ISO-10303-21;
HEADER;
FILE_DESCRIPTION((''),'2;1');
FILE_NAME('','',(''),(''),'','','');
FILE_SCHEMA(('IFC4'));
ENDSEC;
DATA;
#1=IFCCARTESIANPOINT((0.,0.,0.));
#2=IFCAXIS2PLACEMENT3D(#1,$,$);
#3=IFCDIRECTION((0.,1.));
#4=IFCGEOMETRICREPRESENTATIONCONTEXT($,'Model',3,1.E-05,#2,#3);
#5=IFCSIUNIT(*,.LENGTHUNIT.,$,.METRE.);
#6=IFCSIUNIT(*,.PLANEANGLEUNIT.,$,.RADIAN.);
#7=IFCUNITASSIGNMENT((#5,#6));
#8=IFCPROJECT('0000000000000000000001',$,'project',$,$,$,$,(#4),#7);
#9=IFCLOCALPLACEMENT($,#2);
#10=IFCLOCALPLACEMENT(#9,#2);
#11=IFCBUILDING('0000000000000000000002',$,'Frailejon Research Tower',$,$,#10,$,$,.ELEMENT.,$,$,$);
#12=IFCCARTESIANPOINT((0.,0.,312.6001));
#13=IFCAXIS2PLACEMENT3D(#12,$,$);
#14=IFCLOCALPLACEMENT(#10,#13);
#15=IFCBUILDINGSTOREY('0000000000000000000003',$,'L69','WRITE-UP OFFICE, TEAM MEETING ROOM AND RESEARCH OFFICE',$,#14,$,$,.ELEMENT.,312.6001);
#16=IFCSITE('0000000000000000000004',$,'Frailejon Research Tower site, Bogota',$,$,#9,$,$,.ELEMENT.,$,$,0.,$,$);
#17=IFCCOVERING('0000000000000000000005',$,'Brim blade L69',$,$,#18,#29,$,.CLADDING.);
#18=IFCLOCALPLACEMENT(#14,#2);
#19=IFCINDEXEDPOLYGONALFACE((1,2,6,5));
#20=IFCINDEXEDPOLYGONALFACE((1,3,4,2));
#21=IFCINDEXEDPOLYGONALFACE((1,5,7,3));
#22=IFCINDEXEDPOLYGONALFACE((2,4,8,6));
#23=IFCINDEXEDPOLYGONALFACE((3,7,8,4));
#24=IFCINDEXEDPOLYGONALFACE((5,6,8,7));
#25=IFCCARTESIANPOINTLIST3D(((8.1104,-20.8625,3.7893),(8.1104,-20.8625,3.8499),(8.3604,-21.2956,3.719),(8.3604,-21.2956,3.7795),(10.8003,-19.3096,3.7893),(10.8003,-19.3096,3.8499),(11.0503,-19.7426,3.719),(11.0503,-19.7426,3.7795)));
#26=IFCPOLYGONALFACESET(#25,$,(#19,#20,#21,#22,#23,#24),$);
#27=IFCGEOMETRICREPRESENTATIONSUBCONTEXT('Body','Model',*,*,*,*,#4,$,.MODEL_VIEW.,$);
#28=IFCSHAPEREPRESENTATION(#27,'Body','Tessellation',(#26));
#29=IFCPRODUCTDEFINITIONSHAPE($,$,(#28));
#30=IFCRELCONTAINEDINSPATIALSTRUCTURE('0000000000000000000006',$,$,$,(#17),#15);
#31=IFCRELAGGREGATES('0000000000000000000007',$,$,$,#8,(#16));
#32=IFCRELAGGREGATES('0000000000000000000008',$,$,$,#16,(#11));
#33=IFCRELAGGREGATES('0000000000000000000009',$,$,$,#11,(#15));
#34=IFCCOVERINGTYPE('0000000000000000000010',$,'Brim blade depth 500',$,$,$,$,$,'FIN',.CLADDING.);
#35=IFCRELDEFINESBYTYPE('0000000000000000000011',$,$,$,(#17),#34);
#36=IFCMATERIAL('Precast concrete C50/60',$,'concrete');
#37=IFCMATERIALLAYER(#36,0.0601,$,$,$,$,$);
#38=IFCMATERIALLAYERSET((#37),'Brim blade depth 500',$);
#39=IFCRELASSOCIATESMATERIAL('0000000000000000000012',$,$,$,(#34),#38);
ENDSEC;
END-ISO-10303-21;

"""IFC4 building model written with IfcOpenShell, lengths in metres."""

from ifc_helpers import new_model, si_unit, direction, frame, origin, place, context, subcontext, project, spatial, polyline, outline, extrude, material, layer, layer_set, type_object, element, save


model = new_model("IFC4")

# Units and contexts
model_context = context("Model", 3, precision=1e-05, world=origin(), true_north=direction((0.0, 1.0)))
body_context = subcontext(model_context, "Body", "Model", "MODEL_VIEW")
ifc_project = project(units=[si_unit("LENGTHUNIT", "METRE"), si_unit("PLANEANGLEUNIT", "RADIAN")], contexts=[model_context])

# Site, building, storey
site_placement = place(None, origin())
site = spatial("IfcSite", under=ifc_project, at=site_placement, Name="Frailejon Research Tower site, Bogota", CompositionType="ELEMENT", RefElevation=0.0)
building_placement = place(site_placement, origin())
building = spatial("IfcBuilding", under=site, at=building_placement, Name="Frailejon Research Tower", CompositionType="ELEMENT")
storey_placement = place(building_placement, frame((0.0, 0.0, 312.6001)))
storey = spatial("IfcBuildingStorey", under=building, at=storey_placement, Name="L69", Description="WRITE-UP OFFICE, TEAM MEETING ROOM AND RESEARCH OFFICE", CompositionType="ELEMENT", Elevation=312.6001)

# Covering
ifc_material_1 = material(Name="Precast concrete C50/60", Category="concrete")
ifc_layer_1 = layer(ifc_material_1, 0.0601)
ifc_layer_set_1 = layer_set([ifc_layer_1], Name="Brim blade depth 500")
covering_type_1 = type_object("IfcCoveringType", Name="Brim blade depth 500", ElementType="FIN", PredefinedType="CLADDING", material=ifc_layer_set_1)
covering_placement = place(storey_placement, frame((10.8003, -19.3096, 3.8499), z_axis=(-0.866027, -0.499997, 0.0), x_axis=(0.499997, -0.866027, 0.0)))
element("IfcCovering", 1, at=covering_placement, inside=storey, type_object=covering_type_1, Name="Brim blade L69", PredefinedType="CLADDING", context=body_context, shape_type="SweptSolid", body=[
    extrude(outline(polyline([(0.0, -0.0605), (0.5, -0.1309), (0.5, -0.0703), (0.0, 0.0), (0.0, -0.0605)])), origin(), (0.0, 0.0, 1.0), 3.106),
])

save(model, "model.ifc")
